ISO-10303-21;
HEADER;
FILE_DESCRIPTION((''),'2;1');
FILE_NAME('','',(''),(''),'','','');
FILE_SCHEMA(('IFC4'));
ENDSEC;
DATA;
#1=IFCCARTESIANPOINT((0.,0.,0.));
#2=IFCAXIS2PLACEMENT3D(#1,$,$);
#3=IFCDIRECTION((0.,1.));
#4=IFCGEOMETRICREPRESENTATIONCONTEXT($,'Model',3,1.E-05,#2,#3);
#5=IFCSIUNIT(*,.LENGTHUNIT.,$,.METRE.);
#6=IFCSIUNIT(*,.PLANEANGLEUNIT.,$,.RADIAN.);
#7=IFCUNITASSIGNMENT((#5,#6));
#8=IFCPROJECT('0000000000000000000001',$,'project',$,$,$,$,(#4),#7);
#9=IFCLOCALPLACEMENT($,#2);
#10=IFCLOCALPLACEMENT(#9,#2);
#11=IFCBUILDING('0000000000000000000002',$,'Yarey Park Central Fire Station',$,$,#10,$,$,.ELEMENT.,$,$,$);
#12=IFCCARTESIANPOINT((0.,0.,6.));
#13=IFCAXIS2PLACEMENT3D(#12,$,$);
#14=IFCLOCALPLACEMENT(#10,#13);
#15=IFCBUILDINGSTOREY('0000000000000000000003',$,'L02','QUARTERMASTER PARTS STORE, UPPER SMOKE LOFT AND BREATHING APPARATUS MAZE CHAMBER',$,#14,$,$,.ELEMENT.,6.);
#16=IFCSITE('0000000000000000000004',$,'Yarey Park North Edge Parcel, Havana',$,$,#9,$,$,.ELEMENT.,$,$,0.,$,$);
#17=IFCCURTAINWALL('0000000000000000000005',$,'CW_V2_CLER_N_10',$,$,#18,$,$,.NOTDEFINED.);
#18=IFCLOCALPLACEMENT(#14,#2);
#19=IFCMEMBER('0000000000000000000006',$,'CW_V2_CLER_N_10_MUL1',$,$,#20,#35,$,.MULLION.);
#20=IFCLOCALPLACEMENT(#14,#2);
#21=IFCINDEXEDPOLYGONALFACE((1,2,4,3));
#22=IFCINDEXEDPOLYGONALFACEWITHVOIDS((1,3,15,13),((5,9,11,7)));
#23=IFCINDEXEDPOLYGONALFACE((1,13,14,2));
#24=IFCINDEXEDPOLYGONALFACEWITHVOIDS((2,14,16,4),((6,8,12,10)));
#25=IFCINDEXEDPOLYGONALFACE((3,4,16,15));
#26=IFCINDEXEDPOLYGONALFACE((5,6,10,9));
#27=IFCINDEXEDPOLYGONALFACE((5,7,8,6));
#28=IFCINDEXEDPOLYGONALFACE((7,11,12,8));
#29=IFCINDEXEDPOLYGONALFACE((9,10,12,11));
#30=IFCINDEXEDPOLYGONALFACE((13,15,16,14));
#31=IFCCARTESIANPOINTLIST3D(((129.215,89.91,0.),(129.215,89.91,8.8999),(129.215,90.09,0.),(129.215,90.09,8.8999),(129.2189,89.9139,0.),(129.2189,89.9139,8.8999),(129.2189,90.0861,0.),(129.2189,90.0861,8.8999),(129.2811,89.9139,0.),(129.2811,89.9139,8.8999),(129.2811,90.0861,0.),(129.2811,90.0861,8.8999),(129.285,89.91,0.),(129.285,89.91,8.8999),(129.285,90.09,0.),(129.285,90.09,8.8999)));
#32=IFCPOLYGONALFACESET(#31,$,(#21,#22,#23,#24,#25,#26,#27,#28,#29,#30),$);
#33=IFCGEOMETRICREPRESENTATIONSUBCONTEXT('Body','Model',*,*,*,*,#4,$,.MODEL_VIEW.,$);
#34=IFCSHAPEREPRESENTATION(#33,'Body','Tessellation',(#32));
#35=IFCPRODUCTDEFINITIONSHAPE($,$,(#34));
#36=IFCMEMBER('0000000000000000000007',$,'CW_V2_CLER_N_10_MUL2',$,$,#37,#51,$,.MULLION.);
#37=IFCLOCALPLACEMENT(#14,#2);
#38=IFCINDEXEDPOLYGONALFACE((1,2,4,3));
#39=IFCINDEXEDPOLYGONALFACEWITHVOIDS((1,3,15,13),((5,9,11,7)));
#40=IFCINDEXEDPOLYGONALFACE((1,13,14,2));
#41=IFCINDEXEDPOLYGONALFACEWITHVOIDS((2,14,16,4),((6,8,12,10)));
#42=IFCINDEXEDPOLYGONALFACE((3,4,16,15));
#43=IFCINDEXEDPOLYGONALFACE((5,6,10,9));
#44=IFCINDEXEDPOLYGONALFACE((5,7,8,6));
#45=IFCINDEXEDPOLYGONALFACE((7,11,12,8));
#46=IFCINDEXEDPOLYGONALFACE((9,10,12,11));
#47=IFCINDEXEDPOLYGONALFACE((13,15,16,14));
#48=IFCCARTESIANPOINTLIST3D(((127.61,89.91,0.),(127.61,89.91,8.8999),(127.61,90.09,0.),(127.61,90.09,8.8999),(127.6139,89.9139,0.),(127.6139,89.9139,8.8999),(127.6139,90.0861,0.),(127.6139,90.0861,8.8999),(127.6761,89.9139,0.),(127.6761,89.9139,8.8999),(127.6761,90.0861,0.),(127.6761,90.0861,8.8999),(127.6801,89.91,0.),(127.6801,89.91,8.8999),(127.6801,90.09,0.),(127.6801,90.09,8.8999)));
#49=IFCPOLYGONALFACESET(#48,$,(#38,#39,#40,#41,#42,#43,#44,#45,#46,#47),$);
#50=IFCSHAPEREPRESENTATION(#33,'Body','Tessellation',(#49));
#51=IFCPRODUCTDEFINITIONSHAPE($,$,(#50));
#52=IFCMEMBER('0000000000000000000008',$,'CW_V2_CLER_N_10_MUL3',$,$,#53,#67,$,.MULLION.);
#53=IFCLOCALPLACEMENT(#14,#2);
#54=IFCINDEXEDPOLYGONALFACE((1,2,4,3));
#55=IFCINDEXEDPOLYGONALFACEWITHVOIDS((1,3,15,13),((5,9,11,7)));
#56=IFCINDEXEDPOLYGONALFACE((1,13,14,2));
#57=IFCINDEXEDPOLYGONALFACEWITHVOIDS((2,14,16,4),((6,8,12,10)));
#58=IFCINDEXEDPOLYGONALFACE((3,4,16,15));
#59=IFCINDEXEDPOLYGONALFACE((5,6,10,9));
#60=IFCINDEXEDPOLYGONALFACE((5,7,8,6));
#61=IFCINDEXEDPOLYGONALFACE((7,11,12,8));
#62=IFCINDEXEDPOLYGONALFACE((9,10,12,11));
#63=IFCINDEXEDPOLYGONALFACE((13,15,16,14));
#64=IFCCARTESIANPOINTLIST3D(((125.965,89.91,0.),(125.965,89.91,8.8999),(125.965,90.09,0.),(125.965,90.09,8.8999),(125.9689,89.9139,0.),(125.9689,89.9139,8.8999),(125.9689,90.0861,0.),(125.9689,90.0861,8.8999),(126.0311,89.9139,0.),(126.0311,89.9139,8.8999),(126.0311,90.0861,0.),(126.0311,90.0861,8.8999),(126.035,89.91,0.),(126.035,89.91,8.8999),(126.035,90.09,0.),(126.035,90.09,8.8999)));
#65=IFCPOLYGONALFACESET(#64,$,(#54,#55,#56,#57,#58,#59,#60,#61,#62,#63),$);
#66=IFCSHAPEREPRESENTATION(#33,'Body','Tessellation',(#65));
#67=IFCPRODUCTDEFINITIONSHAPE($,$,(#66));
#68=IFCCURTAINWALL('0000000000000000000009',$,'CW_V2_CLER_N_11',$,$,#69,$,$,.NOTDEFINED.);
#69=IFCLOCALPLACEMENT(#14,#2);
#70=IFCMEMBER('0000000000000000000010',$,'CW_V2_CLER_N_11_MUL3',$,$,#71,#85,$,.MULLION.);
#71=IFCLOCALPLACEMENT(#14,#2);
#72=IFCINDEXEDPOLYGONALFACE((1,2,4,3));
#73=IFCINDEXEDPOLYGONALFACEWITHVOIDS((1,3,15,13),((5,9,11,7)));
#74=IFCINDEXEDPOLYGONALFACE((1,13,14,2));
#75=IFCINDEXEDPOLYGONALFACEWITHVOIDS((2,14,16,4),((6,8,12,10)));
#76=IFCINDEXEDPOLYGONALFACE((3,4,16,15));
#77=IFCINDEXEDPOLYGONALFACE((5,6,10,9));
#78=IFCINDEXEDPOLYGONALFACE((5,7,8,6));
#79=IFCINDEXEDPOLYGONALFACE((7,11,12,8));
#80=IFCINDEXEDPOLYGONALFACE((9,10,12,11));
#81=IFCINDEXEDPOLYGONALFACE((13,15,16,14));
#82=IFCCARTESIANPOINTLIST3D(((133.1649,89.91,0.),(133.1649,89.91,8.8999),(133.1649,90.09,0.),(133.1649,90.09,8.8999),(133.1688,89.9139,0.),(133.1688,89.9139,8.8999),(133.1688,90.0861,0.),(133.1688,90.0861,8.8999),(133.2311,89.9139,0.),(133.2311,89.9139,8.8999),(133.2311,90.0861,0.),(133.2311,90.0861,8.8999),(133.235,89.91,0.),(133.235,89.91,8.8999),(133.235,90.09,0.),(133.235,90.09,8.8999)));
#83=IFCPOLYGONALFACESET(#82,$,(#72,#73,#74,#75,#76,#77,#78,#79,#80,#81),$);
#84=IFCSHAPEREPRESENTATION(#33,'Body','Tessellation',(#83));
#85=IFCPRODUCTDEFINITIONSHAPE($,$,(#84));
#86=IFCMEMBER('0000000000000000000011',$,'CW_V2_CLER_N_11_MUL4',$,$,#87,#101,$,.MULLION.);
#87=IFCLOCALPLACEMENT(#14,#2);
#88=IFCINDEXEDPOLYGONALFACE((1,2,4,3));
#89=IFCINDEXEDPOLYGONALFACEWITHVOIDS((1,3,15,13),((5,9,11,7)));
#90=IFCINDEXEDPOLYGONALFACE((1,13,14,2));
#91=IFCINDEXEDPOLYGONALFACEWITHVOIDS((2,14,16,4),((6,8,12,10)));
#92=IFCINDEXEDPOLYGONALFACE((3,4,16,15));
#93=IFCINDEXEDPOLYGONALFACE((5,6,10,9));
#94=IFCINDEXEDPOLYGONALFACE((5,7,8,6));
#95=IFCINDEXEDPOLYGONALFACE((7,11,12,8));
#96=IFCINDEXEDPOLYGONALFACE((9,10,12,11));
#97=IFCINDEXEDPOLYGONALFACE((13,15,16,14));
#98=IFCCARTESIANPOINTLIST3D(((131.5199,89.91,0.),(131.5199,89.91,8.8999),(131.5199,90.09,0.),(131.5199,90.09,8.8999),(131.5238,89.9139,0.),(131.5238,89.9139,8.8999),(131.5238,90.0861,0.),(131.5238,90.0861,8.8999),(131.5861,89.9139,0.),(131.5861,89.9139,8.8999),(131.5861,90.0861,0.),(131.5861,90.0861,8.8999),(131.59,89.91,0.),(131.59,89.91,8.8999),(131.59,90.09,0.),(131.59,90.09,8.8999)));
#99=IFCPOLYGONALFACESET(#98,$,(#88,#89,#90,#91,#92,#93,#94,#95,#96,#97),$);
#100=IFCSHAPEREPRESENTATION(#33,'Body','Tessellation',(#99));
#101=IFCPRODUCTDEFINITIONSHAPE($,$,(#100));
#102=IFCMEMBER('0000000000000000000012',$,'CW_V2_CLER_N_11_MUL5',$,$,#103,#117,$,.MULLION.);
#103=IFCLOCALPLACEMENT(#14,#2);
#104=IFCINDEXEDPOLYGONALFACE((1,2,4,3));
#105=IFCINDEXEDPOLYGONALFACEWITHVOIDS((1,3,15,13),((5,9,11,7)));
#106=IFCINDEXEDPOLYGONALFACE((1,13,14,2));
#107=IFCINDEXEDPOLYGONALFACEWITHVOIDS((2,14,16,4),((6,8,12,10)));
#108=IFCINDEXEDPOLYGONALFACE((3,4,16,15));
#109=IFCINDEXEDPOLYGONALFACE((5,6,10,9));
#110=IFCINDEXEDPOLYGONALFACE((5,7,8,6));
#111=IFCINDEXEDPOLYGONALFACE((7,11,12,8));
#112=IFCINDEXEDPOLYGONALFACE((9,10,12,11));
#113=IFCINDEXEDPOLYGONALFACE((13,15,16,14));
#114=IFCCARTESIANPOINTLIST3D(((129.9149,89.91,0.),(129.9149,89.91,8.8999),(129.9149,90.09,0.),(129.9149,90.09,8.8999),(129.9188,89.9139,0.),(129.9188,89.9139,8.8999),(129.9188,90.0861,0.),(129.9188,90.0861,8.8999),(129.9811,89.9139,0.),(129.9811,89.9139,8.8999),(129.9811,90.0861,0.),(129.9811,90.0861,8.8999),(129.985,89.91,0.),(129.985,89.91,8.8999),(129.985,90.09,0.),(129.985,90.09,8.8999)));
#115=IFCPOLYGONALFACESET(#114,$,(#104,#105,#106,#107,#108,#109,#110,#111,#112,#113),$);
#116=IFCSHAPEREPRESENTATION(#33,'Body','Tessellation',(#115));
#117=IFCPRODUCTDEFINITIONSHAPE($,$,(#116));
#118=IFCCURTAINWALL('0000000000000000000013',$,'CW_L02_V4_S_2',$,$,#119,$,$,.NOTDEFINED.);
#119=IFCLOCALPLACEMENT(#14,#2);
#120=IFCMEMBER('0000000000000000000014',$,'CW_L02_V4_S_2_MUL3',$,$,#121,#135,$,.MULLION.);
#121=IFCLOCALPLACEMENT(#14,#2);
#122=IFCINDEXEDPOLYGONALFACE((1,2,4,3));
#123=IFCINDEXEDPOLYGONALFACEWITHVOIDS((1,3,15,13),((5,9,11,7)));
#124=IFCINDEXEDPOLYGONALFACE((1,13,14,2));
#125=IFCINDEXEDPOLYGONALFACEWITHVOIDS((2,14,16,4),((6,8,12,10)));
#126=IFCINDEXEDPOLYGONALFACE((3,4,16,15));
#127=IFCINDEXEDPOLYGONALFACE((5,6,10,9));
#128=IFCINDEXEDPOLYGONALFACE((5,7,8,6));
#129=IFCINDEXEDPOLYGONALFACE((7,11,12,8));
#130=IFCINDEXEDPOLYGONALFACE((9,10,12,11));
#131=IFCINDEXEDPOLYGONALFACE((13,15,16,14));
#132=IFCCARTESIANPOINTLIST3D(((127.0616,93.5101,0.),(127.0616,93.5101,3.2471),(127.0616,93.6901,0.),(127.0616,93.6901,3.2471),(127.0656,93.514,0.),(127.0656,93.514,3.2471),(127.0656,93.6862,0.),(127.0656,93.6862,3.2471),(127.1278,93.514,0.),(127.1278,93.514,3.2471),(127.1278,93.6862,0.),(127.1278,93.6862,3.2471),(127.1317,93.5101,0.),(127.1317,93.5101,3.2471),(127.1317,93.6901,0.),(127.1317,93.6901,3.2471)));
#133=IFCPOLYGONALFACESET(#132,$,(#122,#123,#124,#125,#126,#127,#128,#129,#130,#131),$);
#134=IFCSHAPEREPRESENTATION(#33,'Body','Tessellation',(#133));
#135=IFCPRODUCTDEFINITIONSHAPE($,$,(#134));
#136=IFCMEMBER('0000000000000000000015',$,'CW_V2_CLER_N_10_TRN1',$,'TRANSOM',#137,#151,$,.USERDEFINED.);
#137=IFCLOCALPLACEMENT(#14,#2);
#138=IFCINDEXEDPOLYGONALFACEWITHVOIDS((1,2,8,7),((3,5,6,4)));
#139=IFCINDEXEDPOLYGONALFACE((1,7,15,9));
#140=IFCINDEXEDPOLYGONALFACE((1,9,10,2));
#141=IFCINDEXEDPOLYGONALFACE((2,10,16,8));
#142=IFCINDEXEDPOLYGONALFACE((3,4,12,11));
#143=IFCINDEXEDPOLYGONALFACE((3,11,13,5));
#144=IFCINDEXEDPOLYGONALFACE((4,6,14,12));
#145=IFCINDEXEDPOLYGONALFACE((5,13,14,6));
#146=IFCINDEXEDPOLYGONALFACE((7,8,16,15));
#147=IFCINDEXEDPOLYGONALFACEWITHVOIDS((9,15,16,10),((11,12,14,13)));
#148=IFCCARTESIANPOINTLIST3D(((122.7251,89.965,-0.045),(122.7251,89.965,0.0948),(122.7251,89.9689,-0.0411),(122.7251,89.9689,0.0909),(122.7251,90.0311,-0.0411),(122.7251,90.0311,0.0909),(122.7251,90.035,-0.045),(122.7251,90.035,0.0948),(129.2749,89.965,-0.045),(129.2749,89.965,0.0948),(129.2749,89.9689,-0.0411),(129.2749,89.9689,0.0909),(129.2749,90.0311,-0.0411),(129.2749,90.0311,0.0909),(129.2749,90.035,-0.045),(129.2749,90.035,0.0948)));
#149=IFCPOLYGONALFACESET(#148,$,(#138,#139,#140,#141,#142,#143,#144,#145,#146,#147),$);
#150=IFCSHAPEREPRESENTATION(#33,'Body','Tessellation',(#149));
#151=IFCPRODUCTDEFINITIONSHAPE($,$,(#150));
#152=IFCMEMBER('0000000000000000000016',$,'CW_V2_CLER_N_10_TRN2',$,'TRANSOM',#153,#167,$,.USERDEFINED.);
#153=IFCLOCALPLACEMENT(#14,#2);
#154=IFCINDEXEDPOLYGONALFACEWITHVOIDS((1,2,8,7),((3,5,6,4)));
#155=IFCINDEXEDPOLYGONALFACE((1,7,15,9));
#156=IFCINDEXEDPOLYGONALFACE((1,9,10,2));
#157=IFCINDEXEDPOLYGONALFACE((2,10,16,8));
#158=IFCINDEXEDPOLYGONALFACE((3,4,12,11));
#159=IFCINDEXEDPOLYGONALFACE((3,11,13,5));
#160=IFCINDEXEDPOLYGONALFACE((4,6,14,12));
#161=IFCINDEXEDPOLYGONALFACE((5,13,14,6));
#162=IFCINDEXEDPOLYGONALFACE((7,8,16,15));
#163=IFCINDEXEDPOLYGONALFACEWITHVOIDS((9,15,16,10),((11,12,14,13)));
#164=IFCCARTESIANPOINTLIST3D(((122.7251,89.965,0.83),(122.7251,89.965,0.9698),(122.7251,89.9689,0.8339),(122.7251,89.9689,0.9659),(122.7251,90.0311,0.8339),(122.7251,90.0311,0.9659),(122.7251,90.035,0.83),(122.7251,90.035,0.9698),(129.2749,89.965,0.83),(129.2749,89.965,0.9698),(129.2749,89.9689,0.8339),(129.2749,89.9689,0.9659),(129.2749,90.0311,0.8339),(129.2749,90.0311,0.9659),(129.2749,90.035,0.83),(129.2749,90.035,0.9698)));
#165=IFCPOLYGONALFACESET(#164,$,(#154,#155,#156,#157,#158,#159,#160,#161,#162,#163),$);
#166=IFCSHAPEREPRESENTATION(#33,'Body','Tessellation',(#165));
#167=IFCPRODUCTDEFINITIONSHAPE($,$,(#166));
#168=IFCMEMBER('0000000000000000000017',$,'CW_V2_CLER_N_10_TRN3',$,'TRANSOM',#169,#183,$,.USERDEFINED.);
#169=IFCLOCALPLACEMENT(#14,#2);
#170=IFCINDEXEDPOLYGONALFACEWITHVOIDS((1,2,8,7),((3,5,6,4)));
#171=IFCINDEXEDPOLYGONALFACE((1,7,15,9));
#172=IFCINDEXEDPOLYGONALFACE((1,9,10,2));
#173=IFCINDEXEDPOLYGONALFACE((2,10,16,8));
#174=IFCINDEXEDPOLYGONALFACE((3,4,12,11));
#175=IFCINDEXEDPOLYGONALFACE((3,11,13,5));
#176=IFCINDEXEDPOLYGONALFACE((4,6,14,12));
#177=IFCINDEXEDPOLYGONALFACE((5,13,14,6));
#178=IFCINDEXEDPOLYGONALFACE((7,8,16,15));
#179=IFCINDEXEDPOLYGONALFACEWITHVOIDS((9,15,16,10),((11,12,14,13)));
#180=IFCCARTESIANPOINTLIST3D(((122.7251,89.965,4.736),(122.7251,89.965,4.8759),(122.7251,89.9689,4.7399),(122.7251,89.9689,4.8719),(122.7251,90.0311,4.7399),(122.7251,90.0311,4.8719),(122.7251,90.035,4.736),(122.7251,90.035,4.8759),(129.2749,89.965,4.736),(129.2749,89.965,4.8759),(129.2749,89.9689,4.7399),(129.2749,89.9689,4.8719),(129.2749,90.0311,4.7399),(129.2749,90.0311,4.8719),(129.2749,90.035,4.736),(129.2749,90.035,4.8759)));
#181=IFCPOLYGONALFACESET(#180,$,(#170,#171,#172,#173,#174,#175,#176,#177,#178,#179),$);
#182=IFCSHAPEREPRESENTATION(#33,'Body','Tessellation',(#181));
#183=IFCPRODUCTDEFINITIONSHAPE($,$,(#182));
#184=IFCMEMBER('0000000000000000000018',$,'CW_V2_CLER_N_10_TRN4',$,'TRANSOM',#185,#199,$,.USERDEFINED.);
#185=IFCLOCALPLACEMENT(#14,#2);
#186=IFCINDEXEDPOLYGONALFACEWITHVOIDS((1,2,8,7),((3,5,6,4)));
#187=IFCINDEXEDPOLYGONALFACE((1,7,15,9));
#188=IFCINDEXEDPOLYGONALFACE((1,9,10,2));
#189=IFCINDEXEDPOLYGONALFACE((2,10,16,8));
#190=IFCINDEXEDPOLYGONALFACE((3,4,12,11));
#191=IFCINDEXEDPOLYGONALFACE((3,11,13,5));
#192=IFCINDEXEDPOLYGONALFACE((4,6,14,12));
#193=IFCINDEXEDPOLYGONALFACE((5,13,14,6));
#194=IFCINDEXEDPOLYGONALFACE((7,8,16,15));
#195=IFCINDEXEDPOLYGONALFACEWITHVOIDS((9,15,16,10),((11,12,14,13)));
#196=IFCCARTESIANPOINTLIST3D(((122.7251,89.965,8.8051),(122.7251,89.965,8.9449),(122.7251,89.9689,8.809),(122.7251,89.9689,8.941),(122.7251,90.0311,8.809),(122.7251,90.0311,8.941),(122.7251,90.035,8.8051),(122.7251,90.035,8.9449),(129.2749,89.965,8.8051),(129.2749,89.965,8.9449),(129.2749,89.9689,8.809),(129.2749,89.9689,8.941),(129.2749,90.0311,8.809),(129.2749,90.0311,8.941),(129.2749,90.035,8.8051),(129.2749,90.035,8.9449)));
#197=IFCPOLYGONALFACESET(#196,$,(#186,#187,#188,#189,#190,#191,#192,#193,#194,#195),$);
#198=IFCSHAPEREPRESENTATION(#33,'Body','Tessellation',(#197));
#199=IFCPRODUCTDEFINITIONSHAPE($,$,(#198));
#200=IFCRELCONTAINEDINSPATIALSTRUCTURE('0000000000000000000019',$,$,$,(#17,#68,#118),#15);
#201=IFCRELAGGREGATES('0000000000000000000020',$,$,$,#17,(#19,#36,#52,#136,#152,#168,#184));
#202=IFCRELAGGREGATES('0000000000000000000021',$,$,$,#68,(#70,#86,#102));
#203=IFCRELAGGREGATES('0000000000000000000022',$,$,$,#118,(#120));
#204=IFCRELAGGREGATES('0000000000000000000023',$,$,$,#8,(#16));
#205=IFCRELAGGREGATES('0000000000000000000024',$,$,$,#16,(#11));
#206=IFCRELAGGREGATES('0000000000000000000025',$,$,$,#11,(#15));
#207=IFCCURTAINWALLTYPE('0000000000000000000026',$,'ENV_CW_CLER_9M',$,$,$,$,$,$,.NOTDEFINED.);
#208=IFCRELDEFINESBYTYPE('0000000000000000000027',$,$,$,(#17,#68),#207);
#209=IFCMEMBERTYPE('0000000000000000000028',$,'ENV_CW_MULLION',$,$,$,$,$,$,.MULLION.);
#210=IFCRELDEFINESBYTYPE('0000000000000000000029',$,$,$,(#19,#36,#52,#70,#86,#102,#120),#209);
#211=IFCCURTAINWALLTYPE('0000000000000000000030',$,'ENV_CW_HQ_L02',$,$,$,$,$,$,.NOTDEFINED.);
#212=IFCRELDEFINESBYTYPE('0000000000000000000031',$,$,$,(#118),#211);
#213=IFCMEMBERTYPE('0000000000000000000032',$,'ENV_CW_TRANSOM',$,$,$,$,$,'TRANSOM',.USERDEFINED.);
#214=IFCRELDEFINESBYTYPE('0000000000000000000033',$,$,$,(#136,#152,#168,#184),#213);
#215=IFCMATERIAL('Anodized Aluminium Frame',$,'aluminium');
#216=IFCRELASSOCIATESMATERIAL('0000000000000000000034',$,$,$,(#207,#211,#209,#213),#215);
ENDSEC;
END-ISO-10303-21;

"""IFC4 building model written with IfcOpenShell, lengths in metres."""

from ifc_helpers import new_model, si_unit, direction, frame, origin, origin_2d, place, context, subcontext, project, spatial, hollow_rectangle, extrude, material, material_profile, profile_set, type_object, element, aggregate, save


model = new_model("IFC4")

# Units and contexts
model_context = context("Model", 3, precision=1e-05, world=origin(), true_north=direction((0.0, 1.0)))
body_context = subcontext(model_context, "Body", "Model", "MODEL_VIEW")
ifc_project = project(units=[si_unit("LENGTHUNIT", "METRE"), si_unit("PLANEANGLEUNIT", "RADIAN")], contexts=[model_context])

# Site, building, storey
site_placement = place(None, origin())
site = spatial("IfcSite", under=ifc_project, at=site_placement, Name="Yarey Park North Edge Parcel, Havana", CompositionType="ELEMENT", RefElevation=0.0)
building_placement = place(site_placement, origin())
building = spatial("IfcBuilding", under=site, at=building_placement, Name="Yarey Park Central Fire Station", CompositionType="ELEMENT")
storey_placement = place(building_placement, frame((0.0, 0.0, 6.0)))
storey = spatial("IfcBuildingStorey", under=building, at=storey_placement, Name="L02", Description="QUARTERMASTER PARTS STORE, UPPER SMOKE LOFT AND BREATHING APPARATUS MAZE CHAMBER", CompositionType="ELEMENT", Elevation=6.0)

# Curtain walls, members
ifc_material_1 = material(Name="Anodized Aluminium Frame", Category="aluminium")
curtain_wall_type_1 = type_object("IfcCurtainWallType", Name="ENV_CW_CLER_9M", PredefinedType="NOTDEFINED", material=ifc_material_1)
curtain_wall_1_placement = place(storey_placement, origin())
curtain_wall_1 = element("IfcCurtainWall", 1, at=curtain_wall_1_placement, inside=storey, type_object=curtain_wall_type_1, Name="CW_V2_CLER_N_10", PredefinedType="NOTDEFINED")
ifc_material_profile_1 = material_profile(ifc_material_1, hollow_rectangle(XDim=0.0701, YDim=0.1799, WallThickness=0.0039, at=origin_2d()), Name="ALU 180x70x4")
ifc_profile_set_1 = profile_set([ifc_material_profile_1], Name="Anodized Aluminium Frame")
member_type_1 = type_object("IfcMemberType", Name="ENV_CW_MULLION", PredefinedType="MULLION", material=ifc_profile_set_1)
member_1_placement = place(storey_placement, frame((129.25, 90.0, 0.0), z_axis=(0.0, 0.0, 1.0), x_axis=(1.0, 0.0, 0.0)))
member_1 = element("IfcMember", 2, at=member_1_placement, type_object=member_type_1, Name="CW_V2_CLER_N_10_MUL1", PredefinedType="MULLION", context=body_context, shape_type="SweptSolid", body=[
    extrude(hollow_rectangle(XDim=0.0701, YDim=0.1799, WallThickness=0.0039, at=origin_2d()), origin(), (0.0, 0.0, 1.0), 8.8999),
])
member_2_placement = place(storey_placement, frame((127.645, 90.0, 0.0), z_axis=(0.0, 0.0, 1.0), x_axis=(1.0, 0.0, 0.0)))
member_2 = element("IfcMember", 3, at=member_2_placement, type_object=member_type_1, Name="CW_V2_CLER_N_10_MUL2", PredefinedType="MULLION", context=body_context, shape_type="SweptSolid", body=[
    extrude(hollow_rectangle(XDim=0.0701, YDim=0.1799, WallThickness=0.0039, at=origin_2d()), origin(), (0.0, 0.0, 1.0), 8.8999),
])
member_3_placement = place(storey_placement, frame((126.0, 90.0, 0.0), z_axis=(0.0, 0.0, 1.0), x_axis=(1.0, 0.0, 0.0)))
member_3 = element("IfcMember", 4, at=member_3_placement, type_object=member_type_1, Name="CW_V2_CLER_N_10_MUL3", PredefinedType="MULLION", context=body_context, shape_type="SweptSolid", body=[
    extrude(hollow_rectangle(XDim=0.0701, YDim=0.1799, WallThickness=0.0039, at=origin_2d()), origin(), (0.0, 0.0, 1.0), 8.8999),
])
curtain_wall_2_placement = place(storey_placement, origin())
curtain_wall_2 = element("IfcCurtainWall", 5, at=curtain_wall_2_placement, inside=storey, type_object=curtain_wall_type_1, Name="CW_V2_CLER_N_11", PredefinedType="NOTDEFINED")
member_4_placement = place(storey_placement, frame((133.2, 90.0, 0.0), z_axis=(0.0, 0.0, 1.0), x_axis=(1.0, 0.0, 0.0)))
member_4 = element("IfcMember", 6, at=member_4_placement, type_object=member_type_1, Name="CW_V2_CLER_N_11_MUL3", PredefinedType="MULLION", context=body_context, shape_type="SweptSolid", body=[
    extrude(hollow_rectangle(XDim=0.0701, YDim=0.1799, WallThickness=0.0039, at=origin_2d()), origin(), (0.0, 0.0, 1.0), 8.8999),
])
member_5_placement = place(storey_placement, frame((131.5549, 90.0, 0.0), z_axis=(0.0, 0.0, 1.0), x_axis=(1.0, 0.0, 0.0)))
member_5 = element("IfcMember", 7, at=member_5_placement, type_object=member_type_1, Name="CW_V2_CLER_N_11_MUL4", PredefinedType="MULLION", context=body_context, shape_type="SweptSolid", body=[
    extrude(hollow_rectangle(XDim=0.0701, YDim=0.1799, WallThickness=0.0039, at=origin_2d()), origin(), (0.0, 0.0, 1.0), 8.8999),
])
member_6_placement = place(storey_placement, frame((129.95, 90.0, 0.0), z_axis=(0.0, 0.0, 1.0), x_axis=(1.0, 0.0, 0.0)))
member_6 = element("IfcMember", 8, at=member_6_placement, type_object=member_type_1, Name="CW_V2_CLER_N_11_MUL5", PredefinedType="MULLION", context=body_context, shape_type="SweptSolid", body=[
    extrude(hollow_rectangle(XDim=0.0701, YDim=0.1799, WallThickness=0.0039, at=origin_2d()), origin(), (0.0, 0.0, 1.0), 8.8999),
])

# Curtain wall, member
curtain_wall_type_2 = type_object("IfcCurtainWallType", Name="ENV_CW_HQ_L02", PredefinedType="NOTDEFINED", material=ifc_material_1)
curtain_wall_3_placement = place(storey_placement, origin())
curtain_wall_3 = element("IfcCurtainWall", 9, at=curtain_wall_3_placement, inside=storey, type_object=curtain_wall_type_2, Name="CW_L02_V4_S_2", PredefinedType="NOTDEFINED")
member_7_placement = place(storey_placement, frame((127.0967, 93.6001, 0.0), z_axis=(0.0, 0.0, 1.0), x_axis=(1.0, 0.0, 0.0)))
member_7 = element("IfcMember", 10, at=member_7_placement, type_object=member_type_1, Name="CW_L02_V4_S_2_MUL3", PredefinedType="MULLION", context=body_context, shape_type="SweptSolid", body=[
    extrude(hollow_rectangle(XDim=0.0701, YDim=0.1799, WallThickness=0.0039, at=origin_2d()), origin(), (0.0, 0.0, 1.0), 3.2471),
])

# Members
ifc_material_profile_2 = material_profile(ifc_material_1, hollow_rectangle(XDim=0.0701, YDim=0.1399, WallThickness=0.0039, at=origin_2d()), Name="ALU 140x70x4")
ifc_profile_set_2 = profile_set([ifc_material_profile_2], Name="Anodized Aluminium Frame")
member_type_2 = type_object("IfcMemberType", Name="ENV_CW_TRANSOM", ElementType="TRANSOM", PredefinedType="USERDEFINED", material=ifc_profile_set_2)
member_8_placement = place(storey_placement, frame((129.2749, 90.0, 0.0249), z_axis=(-1.0, 0.0, 0.0), x_axis=(0.0, -1.0, 0.0)))
member_8 = element("IfcMember", 11, at=member_8_placement, type_object=member_type_2, Name="CW_V2_CLER_N_10_TRN1", ObjectType="TRANSOM", PredefinedType="USERDEFINED", context=body_context, shape_type="SweptSolid", body=[
    extrude(hollow_rectangle(XDim=0.0701, YDim=0.1399, WallThickness=0.0039, at=origin_2d()), origin(), (0.0, 0.0, 1.0), 6.5498),
])
member_9_placement = place(storey_placement, frame((129.2749, 90.0, 0.8999), z_axis=(-1.0, 0.0, 0.0), x_axis=(0.0, -1.0, 0.0)))
member_9 = element("IfcMember", 12, at=member_9_placement, type_object=member_type_2, Name="CW_V2_CLER_N_10_TRN2", ObjectType="TRANSOM", PredefinedType="USERDEFINED", context=body_context, shape_type="SweptSolid", body=[
    extrude(hollow_rectangle(XDim=0.0701, YDim=0.1399, WallThickness=0.0039, at=origin_2d()), origin(), (0.0, 0.0, 1.0), 6.5498),
])
member_10_placement = place(storey_placement, frame((129.2749, 90.0, 4.8059), z_axis=(-1.0, 0.0, 0.0), x_axis=(0.0, -1.0, 0.0)))
member_10 = element("IfcMember", 13, at=member_10_placement, type_object=member_type_2, Name="CW_V2_CLER_N_10_TRN3", ObjectType="TRANSOM", PredefinedType="USERDEFINED", context=body_context, shape_type="SweptSolid", body=[
    extrude(hollow_rectangle(XDim=0.0701, YDim=0.1399, WallThickness=0.0039, at=origin_2d()), origin(), (0.0, 0.0, 1.0), 6.5498),
])
member_11_placement = place(storey_placement, frame((129.2749, 90.0, 8.875), z_axis=(-1.0, 0.0, 0.0), x_axis=(0.0, -1.0, 0.0)))
member_11 = element("IfcMember", 14, at=member_11_placement, type_object=member_type_2, Name="CW_V2_CLER_N_10_TRN4", ObjectType="TRANSOM", PredefinedType="USERDEFINED", context=body_context, shape_type="SweptSolid", body=[
    extrude(hollow_rectangle(XDim=0.0701, YDim=0.1399, WallThickness=0.0039, at=origin_2d()), origin(), (0.0, 0.0, 1.0), 6.5498),
])

aggregate(curtain_wall_1, [member_1, member_2, member_3, member_8, member_9, member_10, member_11])
aggregate(curtain_wall_2, [member_4, member_5, member_6])
aggregate(curtain_wall_3, [member_7])

save(model, "model.ifc")
